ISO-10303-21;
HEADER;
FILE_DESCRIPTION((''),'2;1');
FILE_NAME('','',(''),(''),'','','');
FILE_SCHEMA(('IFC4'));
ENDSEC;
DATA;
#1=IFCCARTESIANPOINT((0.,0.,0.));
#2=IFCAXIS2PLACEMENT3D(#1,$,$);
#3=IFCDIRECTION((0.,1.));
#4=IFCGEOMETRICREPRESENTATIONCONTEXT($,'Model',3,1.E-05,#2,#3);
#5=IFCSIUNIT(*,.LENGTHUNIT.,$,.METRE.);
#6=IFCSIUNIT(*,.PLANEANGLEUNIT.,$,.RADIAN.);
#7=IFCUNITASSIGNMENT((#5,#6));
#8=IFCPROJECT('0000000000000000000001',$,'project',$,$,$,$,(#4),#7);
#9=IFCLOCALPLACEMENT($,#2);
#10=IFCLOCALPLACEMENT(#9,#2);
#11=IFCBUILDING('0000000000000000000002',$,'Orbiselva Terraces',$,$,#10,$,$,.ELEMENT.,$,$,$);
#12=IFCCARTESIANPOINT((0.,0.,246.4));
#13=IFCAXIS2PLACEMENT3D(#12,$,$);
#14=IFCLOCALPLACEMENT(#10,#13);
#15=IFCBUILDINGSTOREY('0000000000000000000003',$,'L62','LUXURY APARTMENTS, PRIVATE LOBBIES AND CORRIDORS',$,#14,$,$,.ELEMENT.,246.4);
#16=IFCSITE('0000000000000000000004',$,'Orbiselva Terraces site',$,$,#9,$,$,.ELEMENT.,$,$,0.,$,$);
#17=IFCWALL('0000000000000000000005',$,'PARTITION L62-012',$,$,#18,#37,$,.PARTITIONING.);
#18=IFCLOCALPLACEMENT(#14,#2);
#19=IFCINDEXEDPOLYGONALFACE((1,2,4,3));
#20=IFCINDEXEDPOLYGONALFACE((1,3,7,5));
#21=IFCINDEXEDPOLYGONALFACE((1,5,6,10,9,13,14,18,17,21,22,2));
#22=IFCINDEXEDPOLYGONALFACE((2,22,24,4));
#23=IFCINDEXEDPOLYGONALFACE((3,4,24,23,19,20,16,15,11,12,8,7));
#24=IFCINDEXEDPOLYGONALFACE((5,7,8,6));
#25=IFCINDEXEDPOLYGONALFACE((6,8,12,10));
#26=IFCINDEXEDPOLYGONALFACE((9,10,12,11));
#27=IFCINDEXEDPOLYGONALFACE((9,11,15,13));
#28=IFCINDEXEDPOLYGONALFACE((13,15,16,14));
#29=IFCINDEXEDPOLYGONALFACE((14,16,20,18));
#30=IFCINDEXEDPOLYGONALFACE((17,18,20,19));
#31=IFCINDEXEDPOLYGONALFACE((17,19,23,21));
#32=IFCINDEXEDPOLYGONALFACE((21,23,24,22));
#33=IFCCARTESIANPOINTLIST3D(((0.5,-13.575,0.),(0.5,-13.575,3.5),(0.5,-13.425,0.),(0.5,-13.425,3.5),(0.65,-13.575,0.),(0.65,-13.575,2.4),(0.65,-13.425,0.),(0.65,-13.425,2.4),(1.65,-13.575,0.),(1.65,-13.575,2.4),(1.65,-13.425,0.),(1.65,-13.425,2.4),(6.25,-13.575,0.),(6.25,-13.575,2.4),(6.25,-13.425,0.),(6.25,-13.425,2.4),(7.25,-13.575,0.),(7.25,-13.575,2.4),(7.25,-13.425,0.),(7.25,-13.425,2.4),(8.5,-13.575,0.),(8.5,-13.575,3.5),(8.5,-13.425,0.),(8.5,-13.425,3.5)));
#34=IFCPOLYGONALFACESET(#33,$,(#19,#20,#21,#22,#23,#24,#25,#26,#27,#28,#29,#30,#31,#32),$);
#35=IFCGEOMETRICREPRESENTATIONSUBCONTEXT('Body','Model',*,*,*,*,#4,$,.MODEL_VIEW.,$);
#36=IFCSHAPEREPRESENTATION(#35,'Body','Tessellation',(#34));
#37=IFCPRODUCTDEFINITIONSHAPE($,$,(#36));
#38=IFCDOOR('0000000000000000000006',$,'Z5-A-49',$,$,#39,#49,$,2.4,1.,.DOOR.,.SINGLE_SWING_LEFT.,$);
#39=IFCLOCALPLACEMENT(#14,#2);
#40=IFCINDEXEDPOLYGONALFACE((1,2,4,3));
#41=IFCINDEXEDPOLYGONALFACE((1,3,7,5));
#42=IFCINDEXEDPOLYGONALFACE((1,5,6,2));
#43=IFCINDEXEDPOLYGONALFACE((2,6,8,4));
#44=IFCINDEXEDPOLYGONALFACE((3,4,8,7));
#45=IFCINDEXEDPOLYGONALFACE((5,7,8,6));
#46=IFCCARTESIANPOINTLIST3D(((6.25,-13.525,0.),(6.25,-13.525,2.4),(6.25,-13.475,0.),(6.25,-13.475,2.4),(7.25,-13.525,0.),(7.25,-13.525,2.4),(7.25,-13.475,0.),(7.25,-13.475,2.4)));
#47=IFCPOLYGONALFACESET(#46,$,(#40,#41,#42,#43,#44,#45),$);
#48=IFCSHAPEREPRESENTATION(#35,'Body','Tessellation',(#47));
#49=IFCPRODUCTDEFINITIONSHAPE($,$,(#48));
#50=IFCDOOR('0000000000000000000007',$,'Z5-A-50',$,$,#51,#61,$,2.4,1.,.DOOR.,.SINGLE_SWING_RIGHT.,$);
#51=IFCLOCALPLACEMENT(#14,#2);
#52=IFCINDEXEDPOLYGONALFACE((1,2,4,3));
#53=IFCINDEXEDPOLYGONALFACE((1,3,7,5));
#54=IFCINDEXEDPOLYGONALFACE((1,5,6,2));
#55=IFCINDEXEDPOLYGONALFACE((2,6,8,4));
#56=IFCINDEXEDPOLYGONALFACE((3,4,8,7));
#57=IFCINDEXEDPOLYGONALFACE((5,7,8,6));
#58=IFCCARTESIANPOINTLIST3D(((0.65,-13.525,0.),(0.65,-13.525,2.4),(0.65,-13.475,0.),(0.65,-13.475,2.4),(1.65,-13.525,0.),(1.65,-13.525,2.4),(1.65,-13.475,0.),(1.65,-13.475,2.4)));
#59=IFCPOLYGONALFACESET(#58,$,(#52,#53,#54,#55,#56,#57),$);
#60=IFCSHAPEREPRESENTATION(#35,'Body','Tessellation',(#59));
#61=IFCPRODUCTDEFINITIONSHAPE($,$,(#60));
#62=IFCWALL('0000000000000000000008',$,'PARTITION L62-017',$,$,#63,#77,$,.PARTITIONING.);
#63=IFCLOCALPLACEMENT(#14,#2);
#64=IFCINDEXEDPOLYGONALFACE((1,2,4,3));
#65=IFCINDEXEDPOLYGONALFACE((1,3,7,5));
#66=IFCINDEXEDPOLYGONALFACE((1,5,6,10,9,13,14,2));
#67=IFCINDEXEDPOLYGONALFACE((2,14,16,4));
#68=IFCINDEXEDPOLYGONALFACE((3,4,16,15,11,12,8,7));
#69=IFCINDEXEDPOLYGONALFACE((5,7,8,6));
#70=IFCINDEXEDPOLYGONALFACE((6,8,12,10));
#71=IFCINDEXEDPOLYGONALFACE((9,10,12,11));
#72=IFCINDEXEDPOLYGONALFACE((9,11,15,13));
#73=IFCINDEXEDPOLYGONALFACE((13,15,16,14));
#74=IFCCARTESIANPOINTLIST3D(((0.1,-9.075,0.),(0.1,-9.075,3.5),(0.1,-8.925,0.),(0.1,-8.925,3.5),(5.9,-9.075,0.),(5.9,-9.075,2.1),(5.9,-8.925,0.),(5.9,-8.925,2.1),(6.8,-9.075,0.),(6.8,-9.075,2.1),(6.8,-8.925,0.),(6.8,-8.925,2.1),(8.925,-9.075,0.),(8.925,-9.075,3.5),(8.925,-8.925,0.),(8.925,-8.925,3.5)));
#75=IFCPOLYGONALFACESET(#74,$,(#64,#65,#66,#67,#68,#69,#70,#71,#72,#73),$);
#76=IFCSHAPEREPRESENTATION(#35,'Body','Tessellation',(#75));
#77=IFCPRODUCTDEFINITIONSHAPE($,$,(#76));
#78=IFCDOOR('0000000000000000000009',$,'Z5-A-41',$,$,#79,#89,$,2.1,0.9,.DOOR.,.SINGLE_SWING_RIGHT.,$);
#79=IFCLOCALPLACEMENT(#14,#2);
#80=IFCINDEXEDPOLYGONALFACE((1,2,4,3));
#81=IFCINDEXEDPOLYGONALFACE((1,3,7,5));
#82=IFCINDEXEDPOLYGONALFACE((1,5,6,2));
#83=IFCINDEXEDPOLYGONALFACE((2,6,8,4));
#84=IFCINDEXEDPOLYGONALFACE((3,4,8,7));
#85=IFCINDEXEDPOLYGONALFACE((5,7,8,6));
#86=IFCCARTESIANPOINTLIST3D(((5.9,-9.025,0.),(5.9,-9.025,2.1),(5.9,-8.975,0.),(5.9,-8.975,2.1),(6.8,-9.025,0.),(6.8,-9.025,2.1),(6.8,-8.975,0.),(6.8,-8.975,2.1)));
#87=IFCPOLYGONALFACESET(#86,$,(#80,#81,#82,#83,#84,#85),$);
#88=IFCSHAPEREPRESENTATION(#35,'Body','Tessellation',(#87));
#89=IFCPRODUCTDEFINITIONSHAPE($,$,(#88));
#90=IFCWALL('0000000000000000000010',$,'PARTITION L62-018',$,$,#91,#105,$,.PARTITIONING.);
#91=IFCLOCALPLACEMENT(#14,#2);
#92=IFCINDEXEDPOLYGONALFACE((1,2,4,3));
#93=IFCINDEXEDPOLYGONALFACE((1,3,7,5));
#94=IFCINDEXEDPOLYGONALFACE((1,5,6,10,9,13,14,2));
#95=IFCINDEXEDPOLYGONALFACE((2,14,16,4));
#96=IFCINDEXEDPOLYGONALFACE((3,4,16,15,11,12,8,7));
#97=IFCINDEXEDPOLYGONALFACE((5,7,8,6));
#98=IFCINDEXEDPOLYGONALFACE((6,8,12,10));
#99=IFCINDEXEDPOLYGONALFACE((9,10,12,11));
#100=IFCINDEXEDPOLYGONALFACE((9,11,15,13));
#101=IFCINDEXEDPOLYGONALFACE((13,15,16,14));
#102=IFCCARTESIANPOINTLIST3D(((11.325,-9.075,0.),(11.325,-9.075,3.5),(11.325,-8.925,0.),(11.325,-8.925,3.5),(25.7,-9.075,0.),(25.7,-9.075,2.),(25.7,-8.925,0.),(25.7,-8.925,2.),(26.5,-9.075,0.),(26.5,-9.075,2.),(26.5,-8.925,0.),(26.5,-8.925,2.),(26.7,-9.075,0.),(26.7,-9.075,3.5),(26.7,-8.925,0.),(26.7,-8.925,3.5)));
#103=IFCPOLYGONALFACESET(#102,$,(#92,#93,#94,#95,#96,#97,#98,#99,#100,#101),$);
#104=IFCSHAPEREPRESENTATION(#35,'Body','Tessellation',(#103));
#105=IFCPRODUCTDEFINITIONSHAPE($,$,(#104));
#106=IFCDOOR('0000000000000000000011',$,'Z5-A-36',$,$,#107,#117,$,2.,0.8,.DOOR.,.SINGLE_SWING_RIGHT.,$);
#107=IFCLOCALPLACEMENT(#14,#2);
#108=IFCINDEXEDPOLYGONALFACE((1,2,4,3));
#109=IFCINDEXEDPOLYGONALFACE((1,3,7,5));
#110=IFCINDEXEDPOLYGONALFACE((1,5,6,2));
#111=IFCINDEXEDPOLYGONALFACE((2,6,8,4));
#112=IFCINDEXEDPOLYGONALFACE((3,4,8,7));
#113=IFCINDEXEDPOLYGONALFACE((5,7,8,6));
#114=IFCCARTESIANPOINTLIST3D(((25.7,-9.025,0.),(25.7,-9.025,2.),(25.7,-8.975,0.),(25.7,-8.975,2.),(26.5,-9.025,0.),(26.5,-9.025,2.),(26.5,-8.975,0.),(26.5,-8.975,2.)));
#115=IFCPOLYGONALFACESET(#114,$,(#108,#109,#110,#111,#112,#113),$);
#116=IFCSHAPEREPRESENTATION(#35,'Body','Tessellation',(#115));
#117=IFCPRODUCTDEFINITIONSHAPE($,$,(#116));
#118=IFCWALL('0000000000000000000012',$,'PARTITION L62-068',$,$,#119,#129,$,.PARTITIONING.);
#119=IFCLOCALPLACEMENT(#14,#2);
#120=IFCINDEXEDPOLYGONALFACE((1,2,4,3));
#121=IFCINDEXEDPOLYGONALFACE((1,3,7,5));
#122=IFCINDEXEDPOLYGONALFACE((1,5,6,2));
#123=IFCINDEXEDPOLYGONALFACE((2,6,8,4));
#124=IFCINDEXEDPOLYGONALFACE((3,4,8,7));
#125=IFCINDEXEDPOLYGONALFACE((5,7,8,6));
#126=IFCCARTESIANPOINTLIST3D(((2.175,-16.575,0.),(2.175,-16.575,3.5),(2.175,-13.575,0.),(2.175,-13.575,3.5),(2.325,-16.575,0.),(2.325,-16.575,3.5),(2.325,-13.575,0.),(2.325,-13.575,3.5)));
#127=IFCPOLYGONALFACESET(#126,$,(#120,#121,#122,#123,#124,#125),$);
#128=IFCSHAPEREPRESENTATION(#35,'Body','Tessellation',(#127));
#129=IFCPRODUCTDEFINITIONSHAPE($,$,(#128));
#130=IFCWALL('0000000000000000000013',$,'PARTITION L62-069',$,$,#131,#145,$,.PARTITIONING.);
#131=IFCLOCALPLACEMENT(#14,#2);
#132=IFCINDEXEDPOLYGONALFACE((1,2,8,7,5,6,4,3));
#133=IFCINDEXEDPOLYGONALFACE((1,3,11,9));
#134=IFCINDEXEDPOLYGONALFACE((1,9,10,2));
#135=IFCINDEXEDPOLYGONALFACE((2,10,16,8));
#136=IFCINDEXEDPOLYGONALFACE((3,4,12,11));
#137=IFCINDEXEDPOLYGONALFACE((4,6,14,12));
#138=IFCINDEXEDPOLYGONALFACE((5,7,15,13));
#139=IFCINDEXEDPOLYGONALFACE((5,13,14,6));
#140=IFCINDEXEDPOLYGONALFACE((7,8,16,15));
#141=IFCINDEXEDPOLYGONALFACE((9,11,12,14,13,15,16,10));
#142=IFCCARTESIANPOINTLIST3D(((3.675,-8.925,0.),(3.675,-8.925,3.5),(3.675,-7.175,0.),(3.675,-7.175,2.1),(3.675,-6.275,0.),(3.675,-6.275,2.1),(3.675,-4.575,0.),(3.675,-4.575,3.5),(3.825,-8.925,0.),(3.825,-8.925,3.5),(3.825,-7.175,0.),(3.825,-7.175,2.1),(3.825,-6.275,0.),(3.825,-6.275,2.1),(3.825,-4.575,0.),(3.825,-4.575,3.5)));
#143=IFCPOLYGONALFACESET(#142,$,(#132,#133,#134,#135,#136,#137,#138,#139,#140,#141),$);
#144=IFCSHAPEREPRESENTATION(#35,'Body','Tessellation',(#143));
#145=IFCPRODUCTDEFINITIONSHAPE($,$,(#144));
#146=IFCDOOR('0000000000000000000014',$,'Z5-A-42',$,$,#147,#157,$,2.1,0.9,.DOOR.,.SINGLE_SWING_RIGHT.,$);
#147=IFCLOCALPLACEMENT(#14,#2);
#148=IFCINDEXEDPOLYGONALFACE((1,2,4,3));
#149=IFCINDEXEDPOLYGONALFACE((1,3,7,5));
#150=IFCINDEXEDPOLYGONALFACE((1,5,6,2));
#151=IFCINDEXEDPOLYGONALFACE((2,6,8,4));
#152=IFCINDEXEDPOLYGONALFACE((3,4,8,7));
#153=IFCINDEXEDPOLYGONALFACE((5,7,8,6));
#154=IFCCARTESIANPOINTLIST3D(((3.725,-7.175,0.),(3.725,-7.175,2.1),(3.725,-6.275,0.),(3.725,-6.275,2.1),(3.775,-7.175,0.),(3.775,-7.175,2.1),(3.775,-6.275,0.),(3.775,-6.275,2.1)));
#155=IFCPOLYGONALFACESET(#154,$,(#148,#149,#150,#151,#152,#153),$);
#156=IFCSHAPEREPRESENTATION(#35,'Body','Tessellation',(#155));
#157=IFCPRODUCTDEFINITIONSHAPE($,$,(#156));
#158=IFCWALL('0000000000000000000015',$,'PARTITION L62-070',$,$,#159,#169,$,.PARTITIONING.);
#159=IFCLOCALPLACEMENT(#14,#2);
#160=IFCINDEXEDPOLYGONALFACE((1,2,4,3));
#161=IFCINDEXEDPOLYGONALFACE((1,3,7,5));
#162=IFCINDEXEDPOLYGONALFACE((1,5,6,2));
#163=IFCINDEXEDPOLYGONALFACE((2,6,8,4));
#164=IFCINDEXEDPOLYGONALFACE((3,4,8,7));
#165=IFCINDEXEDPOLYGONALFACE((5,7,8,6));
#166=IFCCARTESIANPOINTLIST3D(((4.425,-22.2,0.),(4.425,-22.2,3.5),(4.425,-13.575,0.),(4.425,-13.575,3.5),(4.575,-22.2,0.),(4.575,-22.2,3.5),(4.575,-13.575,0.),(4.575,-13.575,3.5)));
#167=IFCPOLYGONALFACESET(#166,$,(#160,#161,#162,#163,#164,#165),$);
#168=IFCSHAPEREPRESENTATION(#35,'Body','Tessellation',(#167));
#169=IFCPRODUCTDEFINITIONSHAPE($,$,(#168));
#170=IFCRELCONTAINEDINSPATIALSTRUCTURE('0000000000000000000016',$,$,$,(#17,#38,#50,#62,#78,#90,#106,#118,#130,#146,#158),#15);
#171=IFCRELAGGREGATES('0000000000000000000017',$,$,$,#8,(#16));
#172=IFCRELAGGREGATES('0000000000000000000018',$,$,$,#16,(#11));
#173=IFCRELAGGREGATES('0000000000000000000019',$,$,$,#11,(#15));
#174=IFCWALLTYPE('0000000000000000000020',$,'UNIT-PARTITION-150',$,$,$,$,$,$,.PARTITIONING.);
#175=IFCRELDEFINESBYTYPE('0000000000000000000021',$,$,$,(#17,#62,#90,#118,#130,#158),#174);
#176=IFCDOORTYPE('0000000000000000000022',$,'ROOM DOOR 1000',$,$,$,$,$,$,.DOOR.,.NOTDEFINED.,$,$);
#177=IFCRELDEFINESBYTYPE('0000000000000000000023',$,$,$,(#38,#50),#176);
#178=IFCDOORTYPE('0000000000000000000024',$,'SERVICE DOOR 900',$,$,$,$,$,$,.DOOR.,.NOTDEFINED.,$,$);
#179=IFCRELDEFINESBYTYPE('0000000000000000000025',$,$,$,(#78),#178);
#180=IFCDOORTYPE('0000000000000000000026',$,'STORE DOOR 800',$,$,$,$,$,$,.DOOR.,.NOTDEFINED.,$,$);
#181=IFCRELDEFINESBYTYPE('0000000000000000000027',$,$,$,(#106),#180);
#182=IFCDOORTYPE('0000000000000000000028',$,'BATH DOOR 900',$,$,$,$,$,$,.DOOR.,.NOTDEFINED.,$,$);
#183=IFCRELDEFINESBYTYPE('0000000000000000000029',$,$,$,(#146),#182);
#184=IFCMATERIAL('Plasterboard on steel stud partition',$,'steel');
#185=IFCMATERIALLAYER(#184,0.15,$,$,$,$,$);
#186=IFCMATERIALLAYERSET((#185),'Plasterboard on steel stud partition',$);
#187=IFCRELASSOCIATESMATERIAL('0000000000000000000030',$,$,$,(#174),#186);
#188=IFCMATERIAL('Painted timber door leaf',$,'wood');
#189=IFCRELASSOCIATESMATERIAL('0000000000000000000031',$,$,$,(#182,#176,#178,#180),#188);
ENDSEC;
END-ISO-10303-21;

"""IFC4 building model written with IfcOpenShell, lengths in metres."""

from ifc_helpers import new_model, si_unit, direction, frame, frame_2d, origin, place, context, subcontext, project, spatial, rectangle, extrude, material, layer, layer_set, type_object, element, fill, save


model = new_model("IFC4")

# Units and contexts
model_context = context("Model", 3, precision=1e-05, world=origin(), true_north=direction((0.0, 1.0)))
body_context = subcontext(model_context, "Body", "Model", "MODEL_VIEW")
ifc_project = project(units=[si_unit("LENGTHUNIT", "METRE"), si_unit("PLANEANGLEUNIT", "RADIAN")], contexts=[model_context])

# Site, building, storey
site_placement = place(None, origin())
site = spatial("IfcSite", under=ifc_project, at=site_placement, Name="Orbiselva Terraces site", CompositionType="ELEMENT", RefElevation=0.0)
building_placement = place(site_placement, origin())
building = spatial("IfcBuilding", under=site, at=building_placement, Name="Orbiselva Terraces", CompositionType="ELEMENT")
storey_placement = place(building_placement, frame((0.0, 0.0, 246.4)))
storey = spatial("IfcBuildingStorey", under=building, at=storey_placement, Name="L62", Description="LUXURY APARTMENTS, PRIVATE LOBBIES AND CORRIDORS", CompositionType="ELEMENT", Elevation=246.4)

# Shared definitions
ifc_material_1 = material(Name="Plasterboard on steel stud partition", Category="steel")
ifc_layer_1 = layer(ifc_material_1, 0.15)
ifc_layer_set_1 = layer_set([ifc_layer_1], Name="Plasterboard on steel stud partition")
wall_type_1 = type_object("IfcWallType", Name="UNIT-PARTITION-150", PredefinedType="PARTITIONING", material=ifc_layer_set_1)
ifc_material_2 = material(Name="Painted timber door leaf", Category="wood")
door_type_1 = type_object("IfcDoorType", Name="BATH DOOR 900", OperationType="NOTDEFINED", PredefinedType="DOOR", material=ifc_material_2)

# Wall, openings, doors
wall_1_placement = place(storey_placement, frame((8.5, -13.5, 0.0), z_axis=(0.0, 0.0, 1.0), x_axis=(-1.0, 0.0, 0.0)))
wall_1 = element("IfcWall", 1, at=wall_1_placement, inside=storey, type_object=wall_type_1, Name="PARTITION L62-012", PredefinedType="PARTITIONING", context=body_context, shape_type="SweptSolid", body=[
    extrude(rectangle(XDim=8.0, YDim=0.15, at=frame_2d((4.0, 0.0))), origin(), (0.0, 0.0, 1.0), 3.5),
])
opening_1_placement = place(wall_1_placement, frame((1.25, 0.0, 0.0)))
opening_1 = element("IfcOpeningElement", 2, at=opening_1_placement, cuts=wall_1, PredefinedType="OPENING", context=body_context, shape_type="SweptSolid", body=[
    extrude(rectangle(XDim=1.0, YDim=2.4, at=frame_2d((0.5, 1.2))), frame((0.0, 0.085, 0.0), z_axis=(0.0, -1.0, 0.0), x_axis=(1.0, 0.0, 0.0)), (0.0, 0.0, 1.0), 0.17),
])
opening_2_placement = place(wall_1_placement, frame((6.85, 0.0, 0.0)))
opening_2 = element("IfcOpeningElement", 3, at=opening_2_placement, cuts=wall_1, PredefinedType="OPENING", context=body_context, shape_type="SweptSolid", body=[
    extrude(rectangle(XDim=1.0, YDim=2.4, at=frame_2d((0.5, 1.2))), frame((0.0, 0.085, 0.0), z_axis=(0.0, -1.0, 0.0), x_axis=(1.0, 0.0, 0.0)), (0.0, 0.0, 1.0), 0.17),
])
door_type_2 = type_object("IfcDoorType", Name="ROOM DOOR 1000", OperationType="NOTDEFINED", PredefinedType="DOOR", material=ifc_material_2)
door_1_placement = place(opening_1_placement, origin())
door_1 = element("IfcDoor", 4, at=door_1_placement, inside=storey, type_object=door_type_2, Name="Z5-A-49", OperationType="SINGLE_SWING_LEFT", OverallHeight=2.4, OverallWidth=1.0, PredefinedType="DOOR", context=body_context, shape_type="SweptSolid", body=[
    extrude(rectangle(XDim=1.0, YDim=2.4, at=frame_2d((0.5, 1.2))), frame((0.0, 0.025, 0.0), z_axis=(0.0, -1.0, 0.0), x_axis=(1.0, 0.0, 0.0)), (0.0, 0.0, 1.0), 0.05),
])
fill(opening_1, door_1)
door_2_placement = place(opening_2_placement, origin())
door_2 = element("IfcDoor", 5, at=door_2_placement, inside=storey, type_object=door_type_2, Name="Z5-A-50", OperationType="SINGLE_SWING_RIGHT", OverallHeight=2.4, OverallWidth=1.0, PredefinedType="DOOR", context=body_context, shape_type="SweptSolid", body=[
    extrude(rectangle(XDim=1.0, YDim=2.4, at=frame_2d((0.5, 1.2))), frame((0.0, 0.025, 0.0), z_axis=(0.0, -1.0, 0.0), x_axis=(1.0, 0.0, 0.0)), (0.0, 0.0, 1.0), 0.05),
])
fill(opening_2, door_2)

# Walls, openings, doors
wall_2_placement = place(storey_placement, frame((0.1, -9.0, 0.0), z_axis=(0.0, 0.0, 1.0), x_axis=(1.0, 0.0, 0.0)))
wall_2 = element("IfcWall", 6, at=wall_2_placement, inside=storey, type_object=wall_type_1, Name="PARTITION L62-017", PredefinedType="PARTITIONING", context=body_context, shape_type="SweptSolid", body=[
    extrude(rectangle(XDim=8.825, YDim=0.15, at=frame_2d((4.4125, 0.0))), origin(), (0.0, 0.0, 1.0), 3.5),
])
opening_3_placement = place(wall_2_placement, frame((5.8, 0.0, 0.0)))
opening_3 = element("IfcOpeningElement", 7, at=opening_3_placement, cuts=wall_2, PredefinedType="OPENING", context=body_context, shape_type="SweptSolid", body=[
    extrude(rectangle(XDim=0.9, YDim=2.1, at=frame_2d((0.45, 1.05))), frame((0.0, 0.085, 0.0), z_axis=(0.0, -1.0, 0.0), x_axis=(1.0, 0.0, 0.0)), (0.0, 0.0, 1.0), 0.17),
])
door_type_3 = type_object("IfcDoorType", Name="SERVICE DOOR 900", OperationType="NOTDEFINED", PredefinedType="DOOR", material=ifc_material_2)
door_3_placement = place(opening_3_placement, origin())
door_3 = element("IfcDoor", 8, at=door_3_placement, inside=storey, type_object=door_type_3, Name="Z5-A-41", OperationType="SINGLE_SWING_RIGHT", OverallHeight=2.1, OverallWidth=0.9, PredefinedType="DOOR", context=body_context, shape_type="SweptSolid", body=[
    extrude(rectangle(XDim=0.9, YDim=2.1, at=frame_2d((0.45, 1.05))), frame((0.0, 0.025, 0.0), z_axis=(0.0, -1.0, 0.0), x_axis=(1.0, 0.0, 0.0)), (0.0, 0.0, 1.0), 0.05),
])
fill(opening_3, door_3)
wall_3_placement = place(storey_placement, frame((11.325, -9.0, 0.0), z_axis=(0.0, 0.0, 1.0), x_axis=(1.0, 0.0, 0.0)))
wall_3 = element("IfcWall", 9, at=wall_3_placement, inside=storey, type_object=wall_type_1, Name="PARTITION L62-018", PredefinedType="PARTITIONING", context=body_context, shape_type="SweptSolid", body=[
    extrude(rectangle(XDim=15.375, YDim=0.15, at=frame_2d((7.6875, 0.0))), origin(), (0.0, 0.0, 1.0), 3.5),
])
opening_4_placement = place(wall_3_placement, frame((14.375, 0.0, 0.0)))
opening_4 = element("IfcOpeningElement", 10, at=opening_4_placement, cuts=wall_3, PredefinedType="OPENING", context=body_context, shape_type="SweptSolid", body=[
    extrude(rectangle(XDim=0.8, YDim=2.0, at=frame_2d((0.4, 1.0))), frame((0.0, 0.085, 0.0), z_axis=(0.0, -1.0, 0.0), x_axis=(1.0, 0.0, 0.0)), (0.0, 0.0, 1.0), 0.17),
])
door_type_4 = type_object("IfcDoorType", Name="STORE DOOR 800", OperationType="NOTDEFINED", PredefinedType="DOOR", material=ifc_material_2)
door_4_placement = place(opening_4_placement, origin())
door_4 = element("IfcDoor", 11, at=door_4_placement, inside=storey, type_object=door_type_4, Name="Z5-A-36", OperationType="SINGLE_SWING_RIGHT", OverallHeight=2.0, OverallWidth=0.8, PredefinedType="DOOR", context=body_context, shape_type="SweptSolid", body=[
    extrude(rectangle(XDim=0.8, YDim=2.0, at=frame_2d((0.4, 1.0))), frame((0.0, 0.025, 0.0), z_axis=(0.0, -1.0, 0.0), x_axis=(1.0, 0.0, 0.0)), (0.0, 0.0, 1.0), 0.05),
])
fill(opening_4, door_4)

# Wall
wall_4_placement = place(storey_placement, frame((2.25, -16.575, 0.0), z_axis=(0.0, 0.0, 1.0), x_axis=(0.0, 1.0, 0.0)))
element("IfcWall", 12, at=wall_4_placement, inside=storey, type_object=wall_type_1, Name="PARTITION L62-068", PredefinedType="PARTITIONING", context=body_context, shape_type="SweptSolid", body=[
    extrude(rectangle(XDim=3.0, YDim=0.15, at=frame_2d((1.5, 0.0))), origin(), (0.0, 0.0, 1.0), 3.5),
])

# Wall, opening, door
wall_5_placement = place(storey_placement, frame((3.75, -8.925, 0.0), z_axis=(0.0, 0.0, 1.0), x_axis=(0.0, 1.0, 0.0)))
wall_5 = element("IfcWall", 13, at=wall_5_placement, inside=storey, type_object=wall_type_1, Name="PARTITION L62-069", PredefinedType="PARTITIONING", context=body_context, shape_type="SweptSolid", body=[
    extrude(rectangle(XDim=4.35, YDim=0.15, at=frame_2d((2.175, 0.0))), origin(), (0.0, 0.0, 1.0), 3.5),
])
opening_5_placement = place(wall_5_placement, frame((1.75, 0.0, 0.0)))
opening_5 = element("IfcOpeningElement", 14, at=opening_5_placement, cuts=wall_5, PredefinedType="OPENING", context=body_context, shape_type="SweptSolid", body=[
    extrude(rectangle(XDim=0.9, YDim=2.1, at=frame_2d((0.45, 1.05))), frame((0.0, 0.085, 0.0), z_axis=(0.0, -1.0, 0.0), x_axis=(1.0, 0.0, 0.0)), (0.0, 0.0, 1.0), 0.17),
])
door_5_placement = place(opening_5_placement, origin())
door_5 = element("IfcDoor", 15, at=door_5_placement, inside=storey, type_object=door_type_1, Name="Z5-A-42", OperationType="SINGLE_SWING_RIGHT", OverallHeight=2.1, OverallWidth=0.9, PredefinedType="DOOR", context=body_context, shape_type="SweptSolid", body=[
    extrude(rectangle(XDim=0.9, YDim=2.1, at=frame_2d((0.45, 1.05))), frame((0.0, 0.025, 0.0), z_axis=(0.0, -1.0, 0.0), x_axis=(1.0, 0.0, 0.0)), (0.0, 0.0, 1.0), 0.05),
])
fill(opening_5, door_5)

# Wall
wall_6_placement = place(storey_placement, frame((4.5, -22.2, 0.0), z_axis=(0.0, 0.0, 1.0), x_axis=(0.0, 1.0, 0.0)))
element("IfcWall", 16, at=wall_6_placement, inside=storey, type_object=wall_type_1, Name="PARTITION L62-070", PredefinedType="PARTITIONING", context=body_context, shape_type="SweptSolid", body=[
    extrude(rectangle(XDim=8.625, YDim=0.15, at=frame_2d((4.3125, 0.0))), origin(), (0.0, 0.0, 1.0), 3.5),
])

save(model, "model.ifc")
